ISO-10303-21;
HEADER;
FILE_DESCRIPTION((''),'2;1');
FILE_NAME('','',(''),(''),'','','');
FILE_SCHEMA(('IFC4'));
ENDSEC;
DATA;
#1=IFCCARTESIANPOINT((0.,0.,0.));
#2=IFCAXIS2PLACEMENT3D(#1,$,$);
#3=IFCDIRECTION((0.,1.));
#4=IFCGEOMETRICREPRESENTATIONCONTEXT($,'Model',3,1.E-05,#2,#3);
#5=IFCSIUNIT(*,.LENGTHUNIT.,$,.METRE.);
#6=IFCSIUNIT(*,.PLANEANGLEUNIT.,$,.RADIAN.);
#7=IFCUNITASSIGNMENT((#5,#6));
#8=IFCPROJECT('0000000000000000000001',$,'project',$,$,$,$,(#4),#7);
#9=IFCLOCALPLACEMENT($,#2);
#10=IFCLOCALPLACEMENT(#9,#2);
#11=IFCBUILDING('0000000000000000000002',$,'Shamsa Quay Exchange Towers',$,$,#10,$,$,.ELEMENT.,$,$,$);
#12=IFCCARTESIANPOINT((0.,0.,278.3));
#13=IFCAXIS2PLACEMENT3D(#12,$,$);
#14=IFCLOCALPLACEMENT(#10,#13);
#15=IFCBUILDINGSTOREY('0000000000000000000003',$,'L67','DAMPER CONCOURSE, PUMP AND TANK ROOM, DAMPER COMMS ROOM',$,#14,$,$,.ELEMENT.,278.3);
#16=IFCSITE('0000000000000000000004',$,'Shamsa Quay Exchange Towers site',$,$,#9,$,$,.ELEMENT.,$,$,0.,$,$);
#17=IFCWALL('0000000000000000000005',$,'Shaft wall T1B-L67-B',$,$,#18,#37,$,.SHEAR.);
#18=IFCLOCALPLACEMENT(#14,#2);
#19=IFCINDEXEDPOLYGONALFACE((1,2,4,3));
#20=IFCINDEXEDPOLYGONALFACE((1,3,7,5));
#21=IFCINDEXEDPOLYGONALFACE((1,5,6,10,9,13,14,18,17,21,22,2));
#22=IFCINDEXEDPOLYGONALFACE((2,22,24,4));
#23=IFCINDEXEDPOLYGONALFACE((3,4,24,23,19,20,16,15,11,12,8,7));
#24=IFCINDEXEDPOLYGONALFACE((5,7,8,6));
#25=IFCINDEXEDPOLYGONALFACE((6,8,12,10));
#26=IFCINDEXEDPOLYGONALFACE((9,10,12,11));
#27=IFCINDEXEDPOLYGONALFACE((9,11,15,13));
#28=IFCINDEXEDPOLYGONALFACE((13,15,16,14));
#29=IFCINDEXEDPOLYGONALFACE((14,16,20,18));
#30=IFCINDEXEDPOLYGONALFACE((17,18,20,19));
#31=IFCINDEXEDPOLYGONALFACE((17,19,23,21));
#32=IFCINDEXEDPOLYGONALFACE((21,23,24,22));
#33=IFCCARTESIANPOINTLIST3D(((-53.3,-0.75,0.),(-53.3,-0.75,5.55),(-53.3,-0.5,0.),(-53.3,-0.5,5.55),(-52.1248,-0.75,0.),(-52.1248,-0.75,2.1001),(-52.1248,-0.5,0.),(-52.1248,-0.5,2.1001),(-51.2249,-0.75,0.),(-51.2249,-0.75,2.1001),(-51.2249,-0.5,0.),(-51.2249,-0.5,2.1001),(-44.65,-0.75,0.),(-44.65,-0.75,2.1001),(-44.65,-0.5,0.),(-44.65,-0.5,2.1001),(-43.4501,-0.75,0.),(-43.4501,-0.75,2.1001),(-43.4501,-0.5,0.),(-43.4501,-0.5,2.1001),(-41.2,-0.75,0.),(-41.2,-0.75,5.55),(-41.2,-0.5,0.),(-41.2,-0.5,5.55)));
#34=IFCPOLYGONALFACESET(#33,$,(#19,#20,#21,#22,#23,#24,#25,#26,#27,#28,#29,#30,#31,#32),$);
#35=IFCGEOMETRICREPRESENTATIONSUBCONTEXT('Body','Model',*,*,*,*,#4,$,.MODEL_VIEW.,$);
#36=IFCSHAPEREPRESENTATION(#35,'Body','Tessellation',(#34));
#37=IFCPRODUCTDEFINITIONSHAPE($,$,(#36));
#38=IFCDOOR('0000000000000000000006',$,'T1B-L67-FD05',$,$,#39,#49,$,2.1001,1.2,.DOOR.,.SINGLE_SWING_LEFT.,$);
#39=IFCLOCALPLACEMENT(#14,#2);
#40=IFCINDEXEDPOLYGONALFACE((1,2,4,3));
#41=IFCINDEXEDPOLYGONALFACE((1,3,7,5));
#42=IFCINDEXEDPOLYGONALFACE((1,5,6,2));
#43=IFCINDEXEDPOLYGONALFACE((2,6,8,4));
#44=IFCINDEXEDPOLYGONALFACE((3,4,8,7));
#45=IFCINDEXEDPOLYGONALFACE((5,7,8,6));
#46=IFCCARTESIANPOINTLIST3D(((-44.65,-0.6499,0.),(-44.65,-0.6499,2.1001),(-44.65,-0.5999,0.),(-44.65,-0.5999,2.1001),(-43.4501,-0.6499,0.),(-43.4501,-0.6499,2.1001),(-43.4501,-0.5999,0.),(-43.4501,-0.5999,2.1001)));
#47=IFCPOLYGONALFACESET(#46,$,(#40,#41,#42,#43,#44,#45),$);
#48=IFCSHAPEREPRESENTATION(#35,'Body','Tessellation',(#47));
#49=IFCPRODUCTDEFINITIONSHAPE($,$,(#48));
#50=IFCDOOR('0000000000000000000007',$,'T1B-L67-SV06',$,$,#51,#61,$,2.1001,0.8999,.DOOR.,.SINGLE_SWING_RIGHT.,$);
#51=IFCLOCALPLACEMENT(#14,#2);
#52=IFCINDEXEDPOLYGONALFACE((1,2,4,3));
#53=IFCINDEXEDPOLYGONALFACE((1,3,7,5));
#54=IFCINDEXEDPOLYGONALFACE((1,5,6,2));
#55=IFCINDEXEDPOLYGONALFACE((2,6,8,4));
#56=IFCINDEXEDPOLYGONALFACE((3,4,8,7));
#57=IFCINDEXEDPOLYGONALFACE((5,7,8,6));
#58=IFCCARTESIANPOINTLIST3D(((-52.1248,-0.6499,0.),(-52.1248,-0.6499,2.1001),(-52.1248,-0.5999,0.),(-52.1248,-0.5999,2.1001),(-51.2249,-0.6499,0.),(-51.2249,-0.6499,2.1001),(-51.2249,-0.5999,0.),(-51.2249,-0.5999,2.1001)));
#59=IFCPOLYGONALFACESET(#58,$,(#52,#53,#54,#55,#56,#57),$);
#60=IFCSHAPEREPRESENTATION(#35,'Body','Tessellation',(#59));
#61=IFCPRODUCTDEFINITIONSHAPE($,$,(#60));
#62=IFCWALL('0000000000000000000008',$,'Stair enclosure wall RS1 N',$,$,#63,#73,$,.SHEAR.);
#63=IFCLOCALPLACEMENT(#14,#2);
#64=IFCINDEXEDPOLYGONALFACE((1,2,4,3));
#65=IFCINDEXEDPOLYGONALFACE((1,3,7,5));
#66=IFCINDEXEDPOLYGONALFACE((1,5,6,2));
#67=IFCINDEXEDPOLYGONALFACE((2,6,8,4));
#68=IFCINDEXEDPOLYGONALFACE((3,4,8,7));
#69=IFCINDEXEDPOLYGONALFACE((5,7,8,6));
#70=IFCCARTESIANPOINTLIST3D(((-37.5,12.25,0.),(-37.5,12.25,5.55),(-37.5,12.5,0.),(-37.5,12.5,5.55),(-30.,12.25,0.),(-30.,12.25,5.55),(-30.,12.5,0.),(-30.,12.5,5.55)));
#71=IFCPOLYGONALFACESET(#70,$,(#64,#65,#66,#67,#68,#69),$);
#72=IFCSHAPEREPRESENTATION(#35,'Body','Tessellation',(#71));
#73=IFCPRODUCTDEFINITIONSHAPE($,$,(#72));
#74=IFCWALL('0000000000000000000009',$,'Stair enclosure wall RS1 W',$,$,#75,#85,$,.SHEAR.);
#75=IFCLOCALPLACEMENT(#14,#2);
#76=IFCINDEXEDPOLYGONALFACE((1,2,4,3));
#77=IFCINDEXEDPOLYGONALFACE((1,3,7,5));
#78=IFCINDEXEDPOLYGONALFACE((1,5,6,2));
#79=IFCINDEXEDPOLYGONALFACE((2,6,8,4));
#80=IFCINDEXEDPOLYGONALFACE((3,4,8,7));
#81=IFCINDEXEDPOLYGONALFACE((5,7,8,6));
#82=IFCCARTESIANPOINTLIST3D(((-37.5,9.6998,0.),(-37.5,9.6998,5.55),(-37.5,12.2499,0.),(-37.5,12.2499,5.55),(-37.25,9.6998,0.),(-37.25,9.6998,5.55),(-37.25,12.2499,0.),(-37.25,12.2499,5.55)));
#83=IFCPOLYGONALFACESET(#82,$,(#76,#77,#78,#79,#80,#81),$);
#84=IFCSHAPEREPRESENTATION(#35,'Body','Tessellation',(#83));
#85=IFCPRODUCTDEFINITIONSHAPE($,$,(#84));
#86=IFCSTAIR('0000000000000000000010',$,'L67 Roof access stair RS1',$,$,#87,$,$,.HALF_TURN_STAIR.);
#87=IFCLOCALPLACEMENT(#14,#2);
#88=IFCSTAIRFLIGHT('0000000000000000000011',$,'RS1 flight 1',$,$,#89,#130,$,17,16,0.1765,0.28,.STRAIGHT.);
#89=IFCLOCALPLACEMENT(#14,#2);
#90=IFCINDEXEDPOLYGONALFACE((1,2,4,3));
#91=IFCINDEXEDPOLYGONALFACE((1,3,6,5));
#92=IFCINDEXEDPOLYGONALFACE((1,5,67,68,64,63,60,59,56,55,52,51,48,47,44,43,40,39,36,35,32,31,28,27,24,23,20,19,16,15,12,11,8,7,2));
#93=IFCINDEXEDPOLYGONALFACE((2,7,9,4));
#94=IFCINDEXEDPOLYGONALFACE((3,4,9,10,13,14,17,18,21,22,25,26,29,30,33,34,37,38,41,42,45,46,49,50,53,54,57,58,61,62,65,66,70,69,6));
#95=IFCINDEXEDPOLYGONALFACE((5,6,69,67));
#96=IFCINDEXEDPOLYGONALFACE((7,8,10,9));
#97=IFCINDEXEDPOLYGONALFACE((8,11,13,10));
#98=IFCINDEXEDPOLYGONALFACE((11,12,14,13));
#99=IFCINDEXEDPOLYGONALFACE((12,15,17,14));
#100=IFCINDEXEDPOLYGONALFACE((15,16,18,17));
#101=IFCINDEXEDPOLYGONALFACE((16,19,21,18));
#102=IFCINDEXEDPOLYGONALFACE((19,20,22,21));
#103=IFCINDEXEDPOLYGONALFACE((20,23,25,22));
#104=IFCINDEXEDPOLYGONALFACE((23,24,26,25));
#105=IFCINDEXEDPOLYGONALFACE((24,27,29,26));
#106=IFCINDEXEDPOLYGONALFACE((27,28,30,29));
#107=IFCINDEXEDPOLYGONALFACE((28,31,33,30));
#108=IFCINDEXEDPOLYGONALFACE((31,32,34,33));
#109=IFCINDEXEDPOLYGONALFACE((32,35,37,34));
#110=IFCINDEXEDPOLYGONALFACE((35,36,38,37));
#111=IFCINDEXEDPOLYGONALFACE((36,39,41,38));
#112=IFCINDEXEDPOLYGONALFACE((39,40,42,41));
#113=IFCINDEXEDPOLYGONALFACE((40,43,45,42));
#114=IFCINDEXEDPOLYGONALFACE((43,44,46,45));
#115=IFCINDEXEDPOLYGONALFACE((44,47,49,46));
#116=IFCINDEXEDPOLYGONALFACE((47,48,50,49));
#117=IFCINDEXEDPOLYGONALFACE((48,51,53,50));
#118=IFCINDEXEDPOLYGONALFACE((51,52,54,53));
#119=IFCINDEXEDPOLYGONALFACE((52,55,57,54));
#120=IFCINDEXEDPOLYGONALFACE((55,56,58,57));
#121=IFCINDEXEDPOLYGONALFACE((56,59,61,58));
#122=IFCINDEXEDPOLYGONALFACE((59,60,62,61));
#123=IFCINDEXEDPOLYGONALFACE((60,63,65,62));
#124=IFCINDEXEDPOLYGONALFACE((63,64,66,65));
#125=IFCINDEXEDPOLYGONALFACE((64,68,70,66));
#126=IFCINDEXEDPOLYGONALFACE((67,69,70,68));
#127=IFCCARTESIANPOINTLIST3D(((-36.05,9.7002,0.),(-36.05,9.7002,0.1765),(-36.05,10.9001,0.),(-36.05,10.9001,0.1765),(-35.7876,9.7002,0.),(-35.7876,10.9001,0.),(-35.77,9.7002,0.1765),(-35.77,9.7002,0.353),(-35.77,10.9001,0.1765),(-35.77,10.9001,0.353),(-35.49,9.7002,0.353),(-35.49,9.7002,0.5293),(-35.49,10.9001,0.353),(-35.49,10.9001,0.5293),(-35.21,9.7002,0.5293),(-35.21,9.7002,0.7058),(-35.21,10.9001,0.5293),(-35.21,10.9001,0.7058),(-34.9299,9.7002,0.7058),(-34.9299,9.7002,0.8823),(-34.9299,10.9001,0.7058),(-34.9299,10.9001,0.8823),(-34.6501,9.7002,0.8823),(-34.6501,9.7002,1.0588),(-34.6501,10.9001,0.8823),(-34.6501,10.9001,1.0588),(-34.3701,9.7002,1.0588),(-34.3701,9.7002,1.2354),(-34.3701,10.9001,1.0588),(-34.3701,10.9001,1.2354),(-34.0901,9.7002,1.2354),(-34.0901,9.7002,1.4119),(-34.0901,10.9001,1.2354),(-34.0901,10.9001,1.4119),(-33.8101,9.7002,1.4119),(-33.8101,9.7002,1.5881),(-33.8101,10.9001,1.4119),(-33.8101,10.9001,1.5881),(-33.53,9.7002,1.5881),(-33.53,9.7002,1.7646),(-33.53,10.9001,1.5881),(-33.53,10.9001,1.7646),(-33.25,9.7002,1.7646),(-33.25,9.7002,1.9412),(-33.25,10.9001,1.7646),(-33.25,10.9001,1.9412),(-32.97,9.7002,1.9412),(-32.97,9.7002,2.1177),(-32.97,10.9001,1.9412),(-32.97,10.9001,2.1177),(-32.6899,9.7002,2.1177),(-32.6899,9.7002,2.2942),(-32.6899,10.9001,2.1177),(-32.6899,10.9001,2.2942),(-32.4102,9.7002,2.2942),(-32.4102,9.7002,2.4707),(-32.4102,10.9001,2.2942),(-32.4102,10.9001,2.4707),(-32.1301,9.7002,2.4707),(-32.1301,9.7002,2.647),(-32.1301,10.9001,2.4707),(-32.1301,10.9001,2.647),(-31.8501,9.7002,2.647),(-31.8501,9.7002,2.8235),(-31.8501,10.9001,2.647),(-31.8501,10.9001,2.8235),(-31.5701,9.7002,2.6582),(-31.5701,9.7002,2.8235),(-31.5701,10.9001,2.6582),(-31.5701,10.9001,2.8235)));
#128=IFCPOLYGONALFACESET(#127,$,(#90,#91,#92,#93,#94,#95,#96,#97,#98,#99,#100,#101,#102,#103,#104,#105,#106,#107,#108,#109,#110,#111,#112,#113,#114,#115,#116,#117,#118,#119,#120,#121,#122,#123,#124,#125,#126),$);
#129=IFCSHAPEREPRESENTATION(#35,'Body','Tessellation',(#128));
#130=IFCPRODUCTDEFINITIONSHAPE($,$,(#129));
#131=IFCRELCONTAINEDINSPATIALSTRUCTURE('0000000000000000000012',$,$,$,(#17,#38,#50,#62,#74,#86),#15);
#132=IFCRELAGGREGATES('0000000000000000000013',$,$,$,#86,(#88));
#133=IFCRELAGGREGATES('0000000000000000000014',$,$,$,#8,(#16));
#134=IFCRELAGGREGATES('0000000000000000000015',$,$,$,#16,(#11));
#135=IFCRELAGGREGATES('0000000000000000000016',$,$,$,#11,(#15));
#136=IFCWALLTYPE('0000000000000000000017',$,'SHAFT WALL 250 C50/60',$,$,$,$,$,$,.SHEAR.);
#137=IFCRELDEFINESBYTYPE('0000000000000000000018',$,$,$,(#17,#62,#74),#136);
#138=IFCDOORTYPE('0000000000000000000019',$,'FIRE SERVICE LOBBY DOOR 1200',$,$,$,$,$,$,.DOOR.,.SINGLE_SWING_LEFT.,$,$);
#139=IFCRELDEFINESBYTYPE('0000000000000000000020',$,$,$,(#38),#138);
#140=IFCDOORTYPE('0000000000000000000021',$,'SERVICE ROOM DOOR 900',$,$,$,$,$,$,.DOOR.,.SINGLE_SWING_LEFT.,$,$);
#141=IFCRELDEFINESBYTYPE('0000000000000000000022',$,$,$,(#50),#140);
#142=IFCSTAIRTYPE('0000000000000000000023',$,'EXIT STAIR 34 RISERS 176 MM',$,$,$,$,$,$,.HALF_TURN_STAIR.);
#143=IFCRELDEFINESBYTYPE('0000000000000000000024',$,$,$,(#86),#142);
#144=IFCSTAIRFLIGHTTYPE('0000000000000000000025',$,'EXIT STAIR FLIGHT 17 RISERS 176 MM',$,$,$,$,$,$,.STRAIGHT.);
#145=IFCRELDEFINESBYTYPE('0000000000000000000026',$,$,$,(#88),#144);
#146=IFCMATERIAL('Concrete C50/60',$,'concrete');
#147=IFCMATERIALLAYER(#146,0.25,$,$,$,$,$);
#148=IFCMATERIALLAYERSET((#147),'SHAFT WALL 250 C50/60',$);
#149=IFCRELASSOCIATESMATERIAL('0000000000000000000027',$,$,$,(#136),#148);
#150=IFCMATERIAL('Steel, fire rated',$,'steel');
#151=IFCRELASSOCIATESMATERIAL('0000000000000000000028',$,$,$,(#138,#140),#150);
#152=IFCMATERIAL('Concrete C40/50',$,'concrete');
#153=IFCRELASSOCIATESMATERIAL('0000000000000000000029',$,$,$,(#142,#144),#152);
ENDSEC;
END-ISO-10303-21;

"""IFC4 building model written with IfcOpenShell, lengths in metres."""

from ifc_helpers import new_model, si_unit, direction, frame, frame_2d, origin, place, context, subcontext, project, spatial, polyline, rectangle, outline, extrude, material, layer, layer_set, type_object, element, fill, aggregate, save


model = new_model("IFC4")

# Units and contexts
model_context = context("Model", 3, precision=1e-05, world=origin(), true_north=direction((0.0, 1.0)))
body_context = subcontext(model_context, "Body", "Model", "MODEL_VIEW")
ifc_project = project(units=[si_unit("LENGTHUNIT", "METRE"), si_unit("PLANEANGLEUNIT", "RADIAN")], contexts=[model_context])

# Site, building, storey
site_placement = place(None, origin())
site = spatial("IfcSite", under=ifc_project, at=site_placement, Name="Shamsa Quay Exchange Towers site", CompositionType="ELEMENT", RefElevation=0.0)
building_placement = place(site_placement, origin())
building = spatial("IfcBuilding", under=site, at=building_placement, Name="Shamsa Quay Exchange Towers", CompositionType="ELEMENT")
storey_placement = place(building_placement, frame((0.0, 0.0, 278.3)))
storey = spatial("IfcBuildingStorey", under=building, at=storey_placement, Name="L67", Description="DAMPER CONCOURSE, PUMP AND TANK ROOM, DAMPER COMMS ROOM", CompositionType="ELEMENT", Elevation=278.3)

# Wall, openings, doors
ifc_material_1 = material(Name="Concrete C50/60", Category="concrete")
ifc_layer_1 = layer(ifc_material_1, 0.25)
ifc_layer_set_1 = layer_set([ifc_layer_1], Name="SHAFT WALL 250 C50/60")
wall_type_1 = type_object("IfcWallType", Name="SHAFT WALL 250 C50/60", PredefinedType="SHEAR", material=ifc_layer_set_1)
wall_1_placement = place(storey_placement, frame((-41.2, -0.625, 0.0), z_axis=(0.0, 0.0, 1.0), x_axis=(-1.0, 0.0, 0.0)))
wall_1 = element("IfcWall", 1, at=wall_1_placement, inside=storey, type_object=wall_type_1, Name="Shaft wall T1B-L67-B", PredefinedType="SHEAR", context=body_context, shape_type="SweptSolid", body=[
    extrude(rectangle(XDim=12.1001, YDim=0.25, at=frame_2d((6.05, 0.0))), origin(), (0.0, 0.0, 1.0), 5.55),
])
opening_1_placement = place(wall_1_placement, frame((2.25, 0.0, 0.0)))
opening_1 = element("IfcOpeningElement", 2, at=opening_1_placement, cuts=wall_1, PredefinedType="OPENING", context=body_context, shape_type="SweptSolid", body=[
    extrude(rectangle(XDim=1.2, YDim=2.1001, at=frame_2d((0.6001, 1.05))), frame((0.0, 0.135, 0.0), z_axis=(0.0, -1.0, 0.0), x_axis=(1.0, 0.0, 0.0)), (0.0, 0.0, 1.0), 0.27),
])
opening_2_placement = place(wall_1_placement, frame((10.0249, 0.0, 0.0)))
opening_2 = element("IfcOpeningElement", 3, at=opening_2_placement, cuts=wall_1, PredefinedType="OPENING", context=body_context, shape_type="SweptSolid", body=[
    extrude(rectangle(XDim=0.8999, YDim=2.1001, at=frame_2d((0.45, 1.05))), frame((0.0, 0.135, 0.0), z_axis=(0.0, -1.0, 0.0), x_axis=(1.0, 0.0, 0.0)), (0.0, 0.0, 1.0), 0.27),
])
ifc_material_2 = material(Name="Steel, fire rated", Category="steel")
door_type_1 = type_object("IfcDoorType", Name="FIRE SERVICE LOBBY DOOR 1200", OperationType="SINGLE_SWING_LEFT", PredefinedType="DOOR", material=ifc_material_2)
door_1_placement = place(opening_1_placement, origin())
door_1 = element("IfcDoor", 4, at=door_1_placement, inside=storey, type_object=door_type_1, Name="T1B-L67-FD05", OperationType="SINGLE_SWING_LEFT", OverallHeight=2.1001, OverallWidth=1.2, PredefinedType="DOOR", context=body_context, shape_type="SweptSolid", body=[
    extrude(rectangle(XDim=1.2, YDim=2.1001, at=frame_2d((0.6001, 1.05))), frame((0.0, 0.0249, 0.0), z_axis=(0.0, -1.0, 0.0), x_axis=(1.0, 0.0, 0.0)), (0.0, 0.0, 1.0), 0.05),
])
fill(opening_1, door_1)
door_type_2 = type_object("IfcDoorType", Name="SERVICE ROOM DOOR 900", OperationType="SINGLE_SWING_LEFT", PredefinedType="DOOR", material=ifc_material_2)
door_2_placement = place(opening_2_placement, origin())
door_2 = element("IfcDoor", 5, at=door_2_placement, inside=storey, type_object=door_type_2, Name="T1B-L67-SV06", OperationType="SINGLE_SWING_RIGHT", OverallHeight=2.1001, OverallWidth=0.8999, PredefinedType="DOOR", context=body_context, shape_type="SweptSolid", body=[
    extrude(rectangle(XDim=0.8999, YDim=2.1001, at=frame_2d((0.45, 1.05))), frame((0.0, 0.0249, 0.0), z_axis=(0.0, -1.0, 0.0), x_axis=(1.0, 0.0, 0.0)), (0.0, 0.0, 1.0), 0.05),
])
fill(opening_2, door_2)

# Walls
wall_2_placement = place(storey_placement, frame((-37.5, 12.375, 0.0)))
element("IfcWall", 6, at=wall_2_placement, inside=storey, type_object=wall_type_1, Name="Stair enclosure wall RS1 N", PredefinedType="SHEAR", context=body_context, shape_type="SweptSolid", body=[
    extrude(rectangle(XDim=7.5, YDim=0.25, at=frame_2d((3.75, 0.0))), origin(), (0.0, 0.0, 1.0), 5.55),
])
wall_3_placement = place(storey_placement, frame((-37.375, 9.7, 0.0), z_axis=(0.0, 0.0, 1.0), x_axis=(0.0, 1.0, 0.0)))
element("IfcWall", 7, at=wall_3_placement, inside=storey, type_object=wall_type_1, Name="Stair enclosure wall RS1 W", PredefinedType="SHEAR", context=body_context, shape_type="SweptSolid", body=[
    extrude(rectangle(XDim=2.55, YDim=0.25, at=frame_2d((1.2749, 0.0))), origin(), (0.0, 0.0, 1.0), 5.55),
])

# Stair, stair flight
ifc_material_3 = material(Name="Concrete C40/50", Category="concrete")
stair_type = type_object("IfcStairType", Name="EXIT STAIR 34 RISERS 176 MM", PredefinedType="HALF_TURN_STAIR", material=ifc_material_3)
stair_placement = place(storey_placement, origin())
stair = element("IfcStair", 8, at=stair_placement, inside=storey, type_object=stair_type, Name="L67 Roof access stair RS1", PredefinedType="HALF_TURN_STAIR")
stair_flight_type = type_object("IfcStairFlightType", Name="EXIT STAIR FLIGHT 17 RISERS 176 MM", PredefinedType="STRAIGHT", material=ifc_material_3)
stair_flight_placement = place(storey_placement, frame((-36.05, 10.3, 0.0)))
stair_flight = element("IfcStairFlight", 9, at=stair_flight_placement, type_object=stair_flight_type, Name="RS1 flight 1", NumberOfRisers=17, NumberOfTreads=16, PredefinedType="STRAIGHT", RiserHeight=0.1765, TreadLength=0.28, context=body_context, shape_type="SweptSolid", body=[
    extrude(outline(polyline([(0.0, 0.0), (0.0, 0.1765), (0.28, 0.1765), (0.28, 0.353), (0.5601, 0.353), (0.5601, 0.5293), (0.8401, 0.5293), (0.8401, 0.7058), (1.1201, 0.7058), (1.1201, 0.8823), (1.3999, 0.8823), (1.3999, 1.0588), (1.6799, 1.0588), (1.6799, 1.2354), (1.96, 1.2354), (1.96, 1.4119), (2.24, 1.4119), (2.24, 1.5881), (2.52, 1.5881), (2.52, 1.7646), (2.8, 1.7646), (2.8, 1.9412), (3.0801, 1.9412), (3.0801, 2.1177), (3.3601, 2.1177), (3.3601, 2.2942), (3.6399, 2.2942), (3.6399, 2.4707), (3.9199, 2.4707), (3.9199, 2.647), (4.2, 2.647), (4.2, 2.8235), (4.48, 2.8235), (4.48, 3.0), (4.48, 2.6582), (0.2625, 0.0), (0.0, 0.0)])), frame((0.0, 0.6001, 0.0), z_axis=(0.0, -1.0, 0.0), x_axis=(1.0, 0.0, 0.0)), (0.0, 0.0, 1.0), 1.2),
])
aggregate(stair, [stair_flight])

save(model, "model.ifc")
